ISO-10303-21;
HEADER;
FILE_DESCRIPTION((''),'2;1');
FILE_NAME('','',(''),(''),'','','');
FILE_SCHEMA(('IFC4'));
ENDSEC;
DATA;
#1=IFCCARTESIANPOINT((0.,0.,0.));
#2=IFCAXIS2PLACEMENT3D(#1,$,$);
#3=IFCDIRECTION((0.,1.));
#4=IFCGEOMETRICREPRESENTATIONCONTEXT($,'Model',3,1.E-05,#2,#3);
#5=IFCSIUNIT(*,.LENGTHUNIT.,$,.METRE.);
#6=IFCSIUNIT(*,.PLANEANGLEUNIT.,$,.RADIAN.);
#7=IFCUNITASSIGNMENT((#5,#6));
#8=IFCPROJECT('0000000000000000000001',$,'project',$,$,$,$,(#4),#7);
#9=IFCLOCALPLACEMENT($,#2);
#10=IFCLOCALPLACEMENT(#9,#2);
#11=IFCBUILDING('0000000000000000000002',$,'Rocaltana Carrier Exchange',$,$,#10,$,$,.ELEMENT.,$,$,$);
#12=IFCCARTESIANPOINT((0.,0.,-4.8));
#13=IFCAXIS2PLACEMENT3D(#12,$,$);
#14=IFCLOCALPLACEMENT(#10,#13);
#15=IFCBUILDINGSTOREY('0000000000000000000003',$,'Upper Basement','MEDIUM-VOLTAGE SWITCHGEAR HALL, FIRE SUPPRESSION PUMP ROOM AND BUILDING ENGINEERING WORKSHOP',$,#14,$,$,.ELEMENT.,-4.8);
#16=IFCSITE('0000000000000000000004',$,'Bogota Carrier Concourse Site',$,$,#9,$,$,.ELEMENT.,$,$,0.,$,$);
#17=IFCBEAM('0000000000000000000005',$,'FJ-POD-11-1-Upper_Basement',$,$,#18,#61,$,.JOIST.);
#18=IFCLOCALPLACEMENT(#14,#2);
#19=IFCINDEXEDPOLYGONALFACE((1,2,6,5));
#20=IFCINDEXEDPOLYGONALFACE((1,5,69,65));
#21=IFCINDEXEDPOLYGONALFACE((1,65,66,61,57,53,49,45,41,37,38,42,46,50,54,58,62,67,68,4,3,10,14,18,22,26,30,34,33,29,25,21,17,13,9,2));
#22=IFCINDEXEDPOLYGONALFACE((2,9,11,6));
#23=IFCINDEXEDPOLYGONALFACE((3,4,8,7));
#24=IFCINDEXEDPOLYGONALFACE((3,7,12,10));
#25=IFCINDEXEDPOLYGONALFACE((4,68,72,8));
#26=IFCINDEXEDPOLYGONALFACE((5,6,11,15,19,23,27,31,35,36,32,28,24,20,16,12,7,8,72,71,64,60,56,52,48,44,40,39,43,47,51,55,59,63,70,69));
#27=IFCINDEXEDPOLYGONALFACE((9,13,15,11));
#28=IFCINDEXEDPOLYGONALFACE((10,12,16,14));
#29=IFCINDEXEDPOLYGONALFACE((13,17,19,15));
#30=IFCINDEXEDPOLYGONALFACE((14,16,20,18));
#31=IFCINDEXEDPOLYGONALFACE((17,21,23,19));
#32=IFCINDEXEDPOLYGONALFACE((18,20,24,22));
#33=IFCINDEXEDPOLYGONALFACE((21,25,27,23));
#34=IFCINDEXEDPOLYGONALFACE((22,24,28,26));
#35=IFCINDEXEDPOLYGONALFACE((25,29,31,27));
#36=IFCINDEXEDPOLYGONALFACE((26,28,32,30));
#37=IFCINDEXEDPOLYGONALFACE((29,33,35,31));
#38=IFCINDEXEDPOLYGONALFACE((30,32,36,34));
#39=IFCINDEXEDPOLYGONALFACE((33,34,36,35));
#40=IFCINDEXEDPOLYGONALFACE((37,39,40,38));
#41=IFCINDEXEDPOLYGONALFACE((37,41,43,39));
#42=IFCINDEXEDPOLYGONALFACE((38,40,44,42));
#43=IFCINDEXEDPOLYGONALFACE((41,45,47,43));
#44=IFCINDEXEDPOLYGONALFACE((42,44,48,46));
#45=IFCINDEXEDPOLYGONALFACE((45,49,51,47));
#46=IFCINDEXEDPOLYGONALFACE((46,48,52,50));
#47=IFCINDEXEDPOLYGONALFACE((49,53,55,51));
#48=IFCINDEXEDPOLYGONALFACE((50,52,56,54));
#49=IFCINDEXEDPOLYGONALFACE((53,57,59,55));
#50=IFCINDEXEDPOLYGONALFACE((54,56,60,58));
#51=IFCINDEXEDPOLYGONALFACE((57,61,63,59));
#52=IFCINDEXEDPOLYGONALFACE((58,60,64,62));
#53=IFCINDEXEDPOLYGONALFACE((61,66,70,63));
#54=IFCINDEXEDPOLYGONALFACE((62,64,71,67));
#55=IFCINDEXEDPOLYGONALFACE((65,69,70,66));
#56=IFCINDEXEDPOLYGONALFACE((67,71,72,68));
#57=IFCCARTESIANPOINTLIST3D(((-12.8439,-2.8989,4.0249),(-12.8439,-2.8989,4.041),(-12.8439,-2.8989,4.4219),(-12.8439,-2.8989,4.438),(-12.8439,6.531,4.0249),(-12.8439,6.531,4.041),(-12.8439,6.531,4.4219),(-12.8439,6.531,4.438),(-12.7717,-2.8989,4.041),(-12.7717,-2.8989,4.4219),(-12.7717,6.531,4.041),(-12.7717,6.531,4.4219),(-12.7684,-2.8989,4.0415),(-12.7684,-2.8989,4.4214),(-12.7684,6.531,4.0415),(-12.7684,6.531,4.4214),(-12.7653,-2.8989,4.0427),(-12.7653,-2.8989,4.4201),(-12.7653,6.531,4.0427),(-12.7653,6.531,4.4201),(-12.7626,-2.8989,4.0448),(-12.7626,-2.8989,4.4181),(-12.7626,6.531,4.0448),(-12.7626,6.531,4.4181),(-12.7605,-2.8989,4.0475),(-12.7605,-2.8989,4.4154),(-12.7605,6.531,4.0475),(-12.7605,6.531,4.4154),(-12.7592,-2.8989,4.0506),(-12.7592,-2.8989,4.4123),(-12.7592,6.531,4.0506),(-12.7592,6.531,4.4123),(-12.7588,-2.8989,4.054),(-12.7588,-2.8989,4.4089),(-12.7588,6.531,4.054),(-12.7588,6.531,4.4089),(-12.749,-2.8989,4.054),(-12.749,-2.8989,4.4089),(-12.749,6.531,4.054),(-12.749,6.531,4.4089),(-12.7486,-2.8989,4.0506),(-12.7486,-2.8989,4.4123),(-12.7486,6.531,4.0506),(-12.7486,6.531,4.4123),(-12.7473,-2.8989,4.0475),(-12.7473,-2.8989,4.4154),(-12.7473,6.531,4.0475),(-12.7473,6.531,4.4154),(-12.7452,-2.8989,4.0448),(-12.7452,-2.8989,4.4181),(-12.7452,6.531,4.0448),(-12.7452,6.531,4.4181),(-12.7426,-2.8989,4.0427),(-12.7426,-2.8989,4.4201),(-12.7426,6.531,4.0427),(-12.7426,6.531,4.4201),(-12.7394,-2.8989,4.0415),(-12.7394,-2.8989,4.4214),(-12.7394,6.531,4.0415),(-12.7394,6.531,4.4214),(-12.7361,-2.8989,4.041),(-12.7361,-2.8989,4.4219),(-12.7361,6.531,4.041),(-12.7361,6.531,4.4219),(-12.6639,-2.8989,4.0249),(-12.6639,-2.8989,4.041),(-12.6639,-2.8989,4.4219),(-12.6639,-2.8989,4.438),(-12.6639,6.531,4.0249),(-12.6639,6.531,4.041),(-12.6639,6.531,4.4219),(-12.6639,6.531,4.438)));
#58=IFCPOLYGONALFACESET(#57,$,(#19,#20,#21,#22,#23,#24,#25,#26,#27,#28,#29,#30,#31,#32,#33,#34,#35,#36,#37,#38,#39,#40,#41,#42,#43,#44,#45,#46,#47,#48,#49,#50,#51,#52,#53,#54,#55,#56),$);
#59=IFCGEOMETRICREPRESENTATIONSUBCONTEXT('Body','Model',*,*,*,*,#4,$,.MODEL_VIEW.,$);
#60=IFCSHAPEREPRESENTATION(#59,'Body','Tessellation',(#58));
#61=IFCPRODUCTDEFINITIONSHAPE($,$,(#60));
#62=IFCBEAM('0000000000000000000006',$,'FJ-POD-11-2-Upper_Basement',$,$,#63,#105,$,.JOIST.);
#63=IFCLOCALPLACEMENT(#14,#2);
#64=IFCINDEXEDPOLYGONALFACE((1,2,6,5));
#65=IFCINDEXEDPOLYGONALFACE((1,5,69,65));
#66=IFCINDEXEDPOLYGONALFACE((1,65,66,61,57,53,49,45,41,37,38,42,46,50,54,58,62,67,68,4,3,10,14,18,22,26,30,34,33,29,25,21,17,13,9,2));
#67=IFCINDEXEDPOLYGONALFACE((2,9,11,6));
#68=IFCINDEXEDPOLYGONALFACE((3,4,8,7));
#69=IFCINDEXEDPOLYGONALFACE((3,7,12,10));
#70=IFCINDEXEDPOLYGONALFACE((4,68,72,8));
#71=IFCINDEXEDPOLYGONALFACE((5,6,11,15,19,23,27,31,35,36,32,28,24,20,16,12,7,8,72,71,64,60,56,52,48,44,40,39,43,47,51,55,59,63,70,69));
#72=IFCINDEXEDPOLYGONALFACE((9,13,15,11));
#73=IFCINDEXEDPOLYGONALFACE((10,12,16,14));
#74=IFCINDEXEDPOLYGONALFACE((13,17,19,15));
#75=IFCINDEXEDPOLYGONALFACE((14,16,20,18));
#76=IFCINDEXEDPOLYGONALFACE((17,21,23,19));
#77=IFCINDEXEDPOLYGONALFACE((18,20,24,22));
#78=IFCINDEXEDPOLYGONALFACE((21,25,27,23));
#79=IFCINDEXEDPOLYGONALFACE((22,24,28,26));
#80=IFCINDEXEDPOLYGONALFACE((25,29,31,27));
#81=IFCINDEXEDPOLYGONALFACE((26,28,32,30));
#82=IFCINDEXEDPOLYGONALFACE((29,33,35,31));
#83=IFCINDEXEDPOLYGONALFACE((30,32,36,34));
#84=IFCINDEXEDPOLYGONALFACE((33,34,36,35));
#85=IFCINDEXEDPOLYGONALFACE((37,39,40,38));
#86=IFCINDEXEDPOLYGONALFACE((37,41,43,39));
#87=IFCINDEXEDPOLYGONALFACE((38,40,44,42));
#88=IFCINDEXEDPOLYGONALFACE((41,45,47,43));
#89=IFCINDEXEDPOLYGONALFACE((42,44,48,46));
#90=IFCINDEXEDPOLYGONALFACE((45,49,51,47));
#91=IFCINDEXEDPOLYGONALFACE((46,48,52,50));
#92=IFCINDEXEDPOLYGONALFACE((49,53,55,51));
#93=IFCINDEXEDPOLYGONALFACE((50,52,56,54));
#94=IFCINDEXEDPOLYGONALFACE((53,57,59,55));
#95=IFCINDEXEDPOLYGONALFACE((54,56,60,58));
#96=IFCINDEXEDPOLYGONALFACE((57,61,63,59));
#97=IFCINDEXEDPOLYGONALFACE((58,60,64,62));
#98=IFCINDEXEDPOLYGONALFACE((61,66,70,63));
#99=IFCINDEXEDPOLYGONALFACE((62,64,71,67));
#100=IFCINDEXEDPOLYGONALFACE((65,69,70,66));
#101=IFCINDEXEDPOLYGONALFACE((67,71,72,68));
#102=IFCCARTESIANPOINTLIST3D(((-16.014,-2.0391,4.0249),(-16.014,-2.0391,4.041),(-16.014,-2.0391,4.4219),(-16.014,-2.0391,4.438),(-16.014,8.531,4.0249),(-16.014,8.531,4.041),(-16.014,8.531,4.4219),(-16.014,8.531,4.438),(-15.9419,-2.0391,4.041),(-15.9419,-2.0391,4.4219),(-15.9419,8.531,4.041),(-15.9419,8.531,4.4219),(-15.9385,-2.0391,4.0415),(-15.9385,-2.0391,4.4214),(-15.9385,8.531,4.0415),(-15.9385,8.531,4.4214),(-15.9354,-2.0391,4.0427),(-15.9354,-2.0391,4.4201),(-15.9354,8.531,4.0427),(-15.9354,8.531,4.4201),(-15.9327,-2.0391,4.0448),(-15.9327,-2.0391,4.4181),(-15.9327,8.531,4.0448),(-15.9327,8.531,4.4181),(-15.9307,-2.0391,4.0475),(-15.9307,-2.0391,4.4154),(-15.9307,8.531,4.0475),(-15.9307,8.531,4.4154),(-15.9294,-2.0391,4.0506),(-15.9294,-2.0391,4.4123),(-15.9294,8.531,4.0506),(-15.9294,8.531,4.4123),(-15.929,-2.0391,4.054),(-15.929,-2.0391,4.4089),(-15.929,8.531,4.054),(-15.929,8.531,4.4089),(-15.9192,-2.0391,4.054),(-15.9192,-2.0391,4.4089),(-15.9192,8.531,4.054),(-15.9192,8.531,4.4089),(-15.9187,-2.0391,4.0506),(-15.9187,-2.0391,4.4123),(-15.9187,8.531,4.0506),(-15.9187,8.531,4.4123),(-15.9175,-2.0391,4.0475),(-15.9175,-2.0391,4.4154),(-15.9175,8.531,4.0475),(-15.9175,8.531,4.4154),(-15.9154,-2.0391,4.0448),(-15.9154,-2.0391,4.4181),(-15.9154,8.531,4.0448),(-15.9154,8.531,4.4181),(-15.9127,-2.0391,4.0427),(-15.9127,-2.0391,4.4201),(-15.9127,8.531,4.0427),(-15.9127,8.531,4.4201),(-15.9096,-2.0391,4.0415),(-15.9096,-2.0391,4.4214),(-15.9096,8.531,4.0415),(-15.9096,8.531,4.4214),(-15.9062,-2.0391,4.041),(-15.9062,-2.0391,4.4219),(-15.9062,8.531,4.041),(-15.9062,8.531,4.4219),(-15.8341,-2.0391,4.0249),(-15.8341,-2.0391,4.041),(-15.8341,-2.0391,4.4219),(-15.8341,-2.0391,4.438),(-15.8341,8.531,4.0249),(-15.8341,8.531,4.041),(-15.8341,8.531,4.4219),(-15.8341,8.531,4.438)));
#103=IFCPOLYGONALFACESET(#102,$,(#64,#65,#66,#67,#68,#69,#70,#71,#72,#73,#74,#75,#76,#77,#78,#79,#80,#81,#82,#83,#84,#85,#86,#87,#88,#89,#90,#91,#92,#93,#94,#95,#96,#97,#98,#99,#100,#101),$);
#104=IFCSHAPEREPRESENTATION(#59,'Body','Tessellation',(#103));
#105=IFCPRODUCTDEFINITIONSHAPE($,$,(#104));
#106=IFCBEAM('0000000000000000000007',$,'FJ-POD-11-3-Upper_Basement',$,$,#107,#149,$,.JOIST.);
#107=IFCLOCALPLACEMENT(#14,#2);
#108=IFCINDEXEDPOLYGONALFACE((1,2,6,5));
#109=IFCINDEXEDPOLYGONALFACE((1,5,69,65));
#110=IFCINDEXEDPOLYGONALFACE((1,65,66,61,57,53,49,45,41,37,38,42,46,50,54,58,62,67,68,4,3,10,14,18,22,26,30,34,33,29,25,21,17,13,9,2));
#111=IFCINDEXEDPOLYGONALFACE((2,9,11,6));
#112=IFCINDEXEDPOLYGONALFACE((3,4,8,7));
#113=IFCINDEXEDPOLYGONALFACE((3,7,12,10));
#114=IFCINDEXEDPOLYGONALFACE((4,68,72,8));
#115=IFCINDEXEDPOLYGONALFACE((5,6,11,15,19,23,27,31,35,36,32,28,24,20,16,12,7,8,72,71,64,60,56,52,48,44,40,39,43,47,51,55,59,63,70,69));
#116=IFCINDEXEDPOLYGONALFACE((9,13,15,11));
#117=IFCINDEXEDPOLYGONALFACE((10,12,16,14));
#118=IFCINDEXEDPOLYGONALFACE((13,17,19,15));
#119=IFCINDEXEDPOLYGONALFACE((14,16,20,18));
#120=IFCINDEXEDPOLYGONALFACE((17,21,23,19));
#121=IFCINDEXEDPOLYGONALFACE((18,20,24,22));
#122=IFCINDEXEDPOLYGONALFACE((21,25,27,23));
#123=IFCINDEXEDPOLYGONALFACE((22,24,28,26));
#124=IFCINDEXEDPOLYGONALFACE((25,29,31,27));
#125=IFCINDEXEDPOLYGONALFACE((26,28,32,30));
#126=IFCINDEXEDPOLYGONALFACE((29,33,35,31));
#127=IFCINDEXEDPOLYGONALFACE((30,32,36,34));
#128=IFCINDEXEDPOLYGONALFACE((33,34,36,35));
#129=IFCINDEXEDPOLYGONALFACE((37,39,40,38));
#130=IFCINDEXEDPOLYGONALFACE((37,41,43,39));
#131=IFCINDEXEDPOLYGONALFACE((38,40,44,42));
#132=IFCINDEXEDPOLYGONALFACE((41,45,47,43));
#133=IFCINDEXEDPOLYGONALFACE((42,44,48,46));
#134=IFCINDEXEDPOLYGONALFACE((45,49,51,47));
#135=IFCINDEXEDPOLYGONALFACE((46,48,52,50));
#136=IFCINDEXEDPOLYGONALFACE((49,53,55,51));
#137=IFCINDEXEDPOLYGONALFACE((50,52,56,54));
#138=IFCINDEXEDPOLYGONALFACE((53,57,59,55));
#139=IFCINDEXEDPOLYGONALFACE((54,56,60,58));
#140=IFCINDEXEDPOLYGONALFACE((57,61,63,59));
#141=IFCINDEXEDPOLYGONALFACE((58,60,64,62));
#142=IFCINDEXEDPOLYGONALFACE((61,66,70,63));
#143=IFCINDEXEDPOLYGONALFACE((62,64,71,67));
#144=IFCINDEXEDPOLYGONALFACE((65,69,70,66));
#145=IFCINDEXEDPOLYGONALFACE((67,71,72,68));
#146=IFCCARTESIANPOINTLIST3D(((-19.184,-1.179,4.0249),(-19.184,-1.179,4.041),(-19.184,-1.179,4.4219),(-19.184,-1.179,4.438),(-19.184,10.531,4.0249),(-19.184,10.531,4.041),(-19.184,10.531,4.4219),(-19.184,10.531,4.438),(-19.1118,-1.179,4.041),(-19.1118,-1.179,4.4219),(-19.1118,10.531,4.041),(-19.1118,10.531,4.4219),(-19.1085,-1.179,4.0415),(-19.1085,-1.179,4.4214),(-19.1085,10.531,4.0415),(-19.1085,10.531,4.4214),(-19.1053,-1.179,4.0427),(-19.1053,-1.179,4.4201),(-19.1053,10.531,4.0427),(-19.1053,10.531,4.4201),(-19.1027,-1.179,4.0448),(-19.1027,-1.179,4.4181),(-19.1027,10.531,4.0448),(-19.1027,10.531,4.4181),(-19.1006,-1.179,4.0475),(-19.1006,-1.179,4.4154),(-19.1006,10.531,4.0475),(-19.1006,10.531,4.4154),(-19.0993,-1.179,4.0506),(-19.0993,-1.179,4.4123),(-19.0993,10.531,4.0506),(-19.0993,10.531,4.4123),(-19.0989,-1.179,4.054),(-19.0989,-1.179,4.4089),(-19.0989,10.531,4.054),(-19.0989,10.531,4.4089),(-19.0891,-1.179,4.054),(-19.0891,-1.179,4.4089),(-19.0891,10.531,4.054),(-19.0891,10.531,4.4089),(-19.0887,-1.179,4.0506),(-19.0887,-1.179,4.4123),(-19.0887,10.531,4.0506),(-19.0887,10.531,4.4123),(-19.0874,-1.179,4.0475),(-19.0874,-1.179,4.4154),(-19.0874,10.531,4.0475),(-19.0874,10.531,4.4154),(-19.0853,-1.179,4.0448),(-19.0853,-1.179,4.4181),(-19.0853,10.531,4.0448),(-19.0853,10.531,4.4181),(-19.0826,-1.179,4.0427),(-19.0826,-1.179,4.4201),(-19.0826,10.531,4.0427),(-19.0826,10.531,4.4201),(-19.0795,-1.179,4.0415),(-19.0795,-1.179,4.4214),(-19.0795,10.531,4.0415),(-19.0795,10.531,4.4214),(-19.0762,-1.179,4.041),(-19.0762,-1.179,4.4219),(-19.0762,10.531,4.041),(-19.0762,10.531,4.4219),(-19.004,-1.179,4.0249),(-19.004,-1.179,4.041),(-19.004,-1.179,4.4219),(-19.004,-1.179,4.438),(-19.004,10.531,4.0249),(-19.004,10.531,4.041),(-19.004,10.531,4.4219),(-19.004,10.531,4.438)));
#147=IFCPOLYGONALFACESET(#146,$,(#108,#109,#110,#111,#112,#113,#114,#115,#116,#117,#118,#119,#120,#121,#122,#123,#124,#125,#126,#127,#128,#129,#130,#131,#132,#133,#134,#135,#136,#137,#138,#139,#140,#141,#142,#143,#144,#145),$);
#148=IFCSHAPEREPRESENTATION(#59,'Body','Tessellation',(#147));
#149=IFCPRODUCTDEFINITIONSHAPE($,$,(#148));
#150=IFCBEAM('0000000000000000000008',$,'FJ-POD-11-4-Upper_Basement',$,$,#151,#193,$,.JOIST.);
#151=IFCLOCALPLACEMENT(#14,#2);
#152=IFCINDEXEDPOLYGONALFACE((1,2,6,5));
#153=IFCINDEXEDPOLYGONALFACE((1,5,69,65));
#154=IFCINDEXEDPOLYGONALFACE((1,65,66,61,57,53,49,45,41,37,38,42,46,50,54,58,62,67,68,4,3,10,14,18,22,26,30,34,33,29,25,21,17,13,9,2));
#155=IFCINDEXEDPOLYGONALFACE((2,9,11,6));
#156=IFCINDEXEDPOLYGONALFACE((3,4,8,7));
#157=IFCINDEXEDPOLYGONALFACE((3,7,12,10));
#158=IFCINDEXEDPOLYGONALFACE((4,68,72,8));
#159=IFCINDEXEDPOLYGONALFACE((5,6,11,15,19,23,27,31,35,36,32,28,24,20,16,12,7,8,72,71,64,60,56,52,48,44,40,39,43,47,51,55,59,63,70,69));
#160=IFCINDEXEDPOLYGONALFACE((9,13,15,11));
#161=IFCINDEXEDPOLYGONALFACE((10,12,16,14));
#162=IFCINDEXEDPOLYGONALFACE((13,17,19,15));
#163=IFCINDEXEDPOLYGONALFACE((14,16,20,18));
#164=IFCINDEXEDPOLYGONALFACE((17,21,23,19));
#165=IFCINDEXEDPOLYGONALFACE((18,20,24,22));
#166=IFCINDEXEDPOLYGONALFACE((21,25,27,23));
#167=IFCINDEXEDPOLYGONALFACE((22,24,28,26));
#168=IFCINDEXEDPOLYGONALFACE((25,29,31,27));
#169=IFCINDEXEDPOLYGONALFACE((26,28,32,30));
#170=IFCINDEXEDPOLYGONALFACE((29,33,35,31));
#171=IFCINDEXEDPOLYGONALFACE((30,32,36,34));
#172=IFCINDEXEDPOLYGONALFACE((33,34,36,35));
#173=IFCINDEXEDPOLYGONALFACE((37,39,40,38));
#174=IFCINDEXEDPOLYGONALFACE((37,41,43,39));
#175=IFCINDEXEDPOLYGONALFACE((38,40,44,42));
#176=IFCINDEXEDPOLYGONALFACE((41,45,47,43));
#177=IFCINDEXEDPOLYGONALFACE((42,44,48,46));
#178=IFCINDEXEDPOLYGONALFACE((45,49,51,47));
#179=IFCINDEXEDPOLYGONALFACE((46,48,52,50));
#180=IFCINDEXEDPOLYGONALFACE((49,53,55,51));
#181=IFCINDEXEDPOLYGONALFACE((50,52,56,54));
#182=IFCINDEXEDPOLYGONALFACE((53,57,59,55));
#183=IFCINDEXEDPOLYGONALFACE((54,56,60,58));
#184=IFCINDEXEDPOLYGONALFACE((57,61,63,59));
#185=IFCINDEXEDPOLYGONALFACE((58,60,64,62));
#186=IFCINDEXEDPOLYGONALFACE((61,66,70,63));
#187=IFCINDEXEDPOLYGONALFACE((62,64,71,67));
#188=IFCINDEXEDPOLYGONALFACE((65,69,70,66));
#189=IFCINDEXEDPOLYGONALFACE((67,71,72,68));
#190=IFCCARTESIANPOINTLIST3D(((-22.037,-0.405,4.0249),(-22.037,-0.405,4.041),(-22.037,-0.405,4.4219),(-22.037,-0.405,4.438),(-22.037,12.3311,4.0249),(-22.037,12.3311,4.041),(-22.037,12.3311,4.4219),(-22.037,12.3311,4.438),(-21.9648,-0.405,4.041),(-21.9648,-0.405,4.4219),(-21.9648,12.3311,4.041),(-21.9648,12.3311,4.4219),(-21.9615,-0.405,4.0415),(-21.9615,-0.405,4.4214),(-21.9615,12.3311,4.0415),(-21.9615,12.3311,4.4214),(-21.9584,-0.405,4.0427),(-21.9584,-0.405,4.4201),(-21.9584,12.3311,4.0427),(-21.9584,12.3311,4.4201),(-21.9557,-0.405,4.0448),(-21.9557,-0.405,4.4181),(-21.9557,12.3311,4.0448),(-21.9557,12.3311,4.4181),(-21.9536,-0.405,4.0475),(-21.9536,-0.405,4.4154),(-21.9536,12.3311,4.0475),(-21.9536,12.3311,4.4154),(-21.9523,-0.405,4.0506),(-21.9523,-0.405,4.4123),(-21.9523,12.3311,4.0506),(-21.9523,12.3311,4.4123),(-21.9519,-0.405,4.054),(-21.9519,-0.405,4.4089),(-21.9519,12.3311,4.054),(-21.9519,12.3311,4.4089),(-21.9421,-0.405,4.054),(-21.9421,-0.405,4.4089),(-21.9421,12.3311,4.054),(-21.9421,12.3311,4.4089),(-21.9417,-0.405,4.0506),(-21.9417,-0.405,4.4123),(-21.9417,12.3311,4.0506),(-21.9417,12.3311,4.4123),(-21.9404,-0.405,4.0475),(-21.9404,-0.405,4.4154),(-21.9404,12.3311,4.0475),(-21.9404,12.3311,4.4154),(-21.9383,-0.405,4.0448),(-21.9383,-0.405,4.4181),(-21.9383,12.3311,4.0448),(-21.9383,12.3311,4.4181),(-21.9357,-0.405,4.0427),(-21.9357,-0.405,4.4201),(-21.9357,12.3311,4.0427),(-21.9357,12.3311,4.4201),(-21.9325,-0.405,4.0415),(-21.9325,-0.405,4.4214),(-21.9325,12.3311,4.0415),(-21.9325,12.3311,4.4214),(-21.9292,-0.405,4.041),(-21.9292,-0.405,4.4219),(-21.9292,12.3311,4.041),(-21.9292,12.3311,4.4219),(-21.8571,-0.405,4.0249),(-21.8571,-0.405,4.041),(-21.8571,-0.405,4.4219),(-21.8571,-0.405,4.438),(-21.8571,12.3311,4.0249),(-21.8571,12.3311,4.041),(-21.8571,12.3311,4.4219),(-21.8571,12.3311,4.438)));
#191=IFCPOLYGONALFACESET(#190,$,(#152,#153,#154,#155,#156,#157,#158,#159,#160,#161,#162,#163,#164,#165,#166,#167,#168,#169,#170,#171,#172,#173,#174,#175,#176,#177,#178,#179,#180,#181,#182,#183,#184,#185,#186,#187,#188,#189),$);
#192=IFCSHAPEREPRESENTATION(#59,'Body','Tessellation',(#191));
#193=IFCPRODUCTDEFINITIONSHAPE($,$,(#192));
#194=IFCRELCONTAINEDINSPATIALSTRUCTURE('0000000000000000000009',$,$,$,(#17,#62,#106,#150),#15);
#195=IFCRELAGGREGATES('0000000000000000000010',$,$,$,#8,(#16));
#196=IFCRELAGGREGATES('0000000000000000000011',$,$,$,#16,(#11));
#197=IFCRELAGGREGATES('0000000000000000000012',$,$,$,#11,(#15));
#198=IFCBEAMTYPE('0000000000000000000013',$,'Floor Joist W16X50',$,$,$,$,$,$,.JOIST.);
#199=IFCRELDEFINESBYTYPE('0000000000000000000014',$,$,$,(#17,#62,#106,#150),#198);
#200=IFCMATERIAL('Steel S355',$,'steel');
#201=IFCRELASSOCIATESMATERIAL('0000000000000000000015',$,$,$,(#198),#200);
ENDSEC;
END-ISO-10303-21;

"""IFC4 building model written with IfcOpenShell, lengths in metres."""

from ifc_helpers import new_model, si_unit, direction, frame, origin, origin_2d, place, context, subcontext, project, spatial, i_section, extrude, material, material_profile, profile_set, type_object, element, save


model = new_model("IFC4")

# Units and contexts
model_context = context("Model", 3, precision=1e-05, world=origin(), true_north=direction((0.0, 1.0)))
body_context = subcontext(model_context, "Body", "Model", "MODEL_VIEW")
ifc_project = project(units=[si_unit("LENGTHUNIT", "METRE"), si_unit("PLANEANGLEUNIT", "RADIAN")], contexts=[model_context])

# Site, building, storey
site_placement = place(None, origin())
site = spatial("IfcSite", under=ifc_project, at=site_placement, Name="Bogota Carrier Concourse Site", CompositionType="ELEMENT", RefElevation=0.0)
building_placement = place(site_placement, origin())
building = spatial("IfcBuilding", under=site, at=building_placement, Name="Rocaltana Carrier Exchange", CompositionType="ELEMENT")
storey_placement = place(building_placement, frame((0.0, 0.0, -4.8)))
storey = spatial("IfcBuildingStorey", under=building, at=storey_placement, Name="Upper Basement", Description="MEDIUM-VOLTAGE SWITCHGEAR HALL, FIRE SUPPRESSION PUMP ROOM AND BUILDING ENGINEERING WORKSHOP", CompositionType="ELEMENT", Elevation=-4.8)

# Beams
ifc_material_1 = material(Name="Steel S355", Category="steel")
ifc_material_profile_1 = material_profile(ifc_material_1, i_section(OverallWidth=0.1799, OverallDepth=0.4131, WebThickness=0.0098, FlangeThickness=0.0161, FilletRadius=0.0129, at=origin_2d()), Name="W16X50")
ifc_profile_set_1 = profile_set([ifc_material_profile_1], Name="Steel S355")
beam_type_1 = type_object("IfcBeamType", Name="Floor Joist W16X50", PredefinedType="JOIST", material=ifc_profile_set_1)
beam_1_placement = place(storey_placement, frame((-12.7539, 6.531, 4.2314), z_axis=(0.0, -1.0, 0.0), x_axis=(1.0, 0.0, 0.0)))
element("IfcBeam", 1, at=beam_1_placement, inside=storey, type_object=beam_type_1, Name="FJ-POD-11-1-Upper_Basement", PredefinedType="JOIST", context=body_context, shape_type="SweptSolid", body=[
    extrude(i_section(OverallWidth=0.1799, OverallDepth=0.4131, WebThickness=0.0098, FlangeThickness=0.0161, FilletRadius=0.0129, at=origin_2d()), origin(), (0.0, 0.0, 1.0), 9.4299),
])
beam_2_placement = place(storey_placement, frame((-15.9241, 8.531, 4.2314), z_axis=(0.0, -1.0, 0.0), x_axis=(1.0, 0.0, 0.0)))
element("IfcBeam", 2, at=beam_2_placement, inside=storey, type_object=beam_type_1, Name="FJ-POD-11-2-Upper_Basement", PredefinedType="JOIST", context=body_context, shape_type="SweptSolid", body=[
    extrude(i_section(OverallWidth=0.1799, OverallDepth=0.4131, WebThickness=0.0098, FlangeThickness=0.0161, FilletRadius=0.0129, at=origin_2d()), origin(), (0.0, 0.0, 1.0), 10.5701),
])
beam_3_placement = place(storey_placement, frame((-19.094, 10.531, 4.2314), z_axis=(0.0, -1.0, 0.0), x_axis=(1.0, 0.0, 0.0)))
element("IfcBeam", 3, at=beam_3_placement, inside=storey, type_object=beam_type_1, Name="FJ-POD-11-3-Upper_Basement", PredefinedType="JOIST", context=body_context, shape_type="SweptSolid", body=[
    extrude(i_section(OverallWidth=0.1799, OverallDepth=0.4131, WebThickness=0.0098, FlangeThickness=0.0161, FilletRadius=0.0129, at=origin_2d()), origin(), (0.0, 0.0, 1.0), 11.71),
])
beam_4_placement = place(storey_placement, frame((-21.947, 12.3311, 4.2314), z_axis=(0.0, -1.0, 0.0), x_axis=(1.0, 0.0, 0.0)))
element("IfcBeam", 4, at=beam_4_placement, inside=storey, type_object=beam_type_1, Name="FJ-POD-11-4-Upper_Basement", PredefinedType="JOIST", context=body_context, shape_type="SweptSolid", body=[
    extrude(i_section(OverallWidth=0.1799, OverallDepth=0.4131, WebThickness=0.0098, FlangeThickness=0.0161, FilletRadius=0.0129, at=origin_2d()), origin(), (0.0, 0.0, 1.0), 12.7361),
])

save(model, "model.ifc")
